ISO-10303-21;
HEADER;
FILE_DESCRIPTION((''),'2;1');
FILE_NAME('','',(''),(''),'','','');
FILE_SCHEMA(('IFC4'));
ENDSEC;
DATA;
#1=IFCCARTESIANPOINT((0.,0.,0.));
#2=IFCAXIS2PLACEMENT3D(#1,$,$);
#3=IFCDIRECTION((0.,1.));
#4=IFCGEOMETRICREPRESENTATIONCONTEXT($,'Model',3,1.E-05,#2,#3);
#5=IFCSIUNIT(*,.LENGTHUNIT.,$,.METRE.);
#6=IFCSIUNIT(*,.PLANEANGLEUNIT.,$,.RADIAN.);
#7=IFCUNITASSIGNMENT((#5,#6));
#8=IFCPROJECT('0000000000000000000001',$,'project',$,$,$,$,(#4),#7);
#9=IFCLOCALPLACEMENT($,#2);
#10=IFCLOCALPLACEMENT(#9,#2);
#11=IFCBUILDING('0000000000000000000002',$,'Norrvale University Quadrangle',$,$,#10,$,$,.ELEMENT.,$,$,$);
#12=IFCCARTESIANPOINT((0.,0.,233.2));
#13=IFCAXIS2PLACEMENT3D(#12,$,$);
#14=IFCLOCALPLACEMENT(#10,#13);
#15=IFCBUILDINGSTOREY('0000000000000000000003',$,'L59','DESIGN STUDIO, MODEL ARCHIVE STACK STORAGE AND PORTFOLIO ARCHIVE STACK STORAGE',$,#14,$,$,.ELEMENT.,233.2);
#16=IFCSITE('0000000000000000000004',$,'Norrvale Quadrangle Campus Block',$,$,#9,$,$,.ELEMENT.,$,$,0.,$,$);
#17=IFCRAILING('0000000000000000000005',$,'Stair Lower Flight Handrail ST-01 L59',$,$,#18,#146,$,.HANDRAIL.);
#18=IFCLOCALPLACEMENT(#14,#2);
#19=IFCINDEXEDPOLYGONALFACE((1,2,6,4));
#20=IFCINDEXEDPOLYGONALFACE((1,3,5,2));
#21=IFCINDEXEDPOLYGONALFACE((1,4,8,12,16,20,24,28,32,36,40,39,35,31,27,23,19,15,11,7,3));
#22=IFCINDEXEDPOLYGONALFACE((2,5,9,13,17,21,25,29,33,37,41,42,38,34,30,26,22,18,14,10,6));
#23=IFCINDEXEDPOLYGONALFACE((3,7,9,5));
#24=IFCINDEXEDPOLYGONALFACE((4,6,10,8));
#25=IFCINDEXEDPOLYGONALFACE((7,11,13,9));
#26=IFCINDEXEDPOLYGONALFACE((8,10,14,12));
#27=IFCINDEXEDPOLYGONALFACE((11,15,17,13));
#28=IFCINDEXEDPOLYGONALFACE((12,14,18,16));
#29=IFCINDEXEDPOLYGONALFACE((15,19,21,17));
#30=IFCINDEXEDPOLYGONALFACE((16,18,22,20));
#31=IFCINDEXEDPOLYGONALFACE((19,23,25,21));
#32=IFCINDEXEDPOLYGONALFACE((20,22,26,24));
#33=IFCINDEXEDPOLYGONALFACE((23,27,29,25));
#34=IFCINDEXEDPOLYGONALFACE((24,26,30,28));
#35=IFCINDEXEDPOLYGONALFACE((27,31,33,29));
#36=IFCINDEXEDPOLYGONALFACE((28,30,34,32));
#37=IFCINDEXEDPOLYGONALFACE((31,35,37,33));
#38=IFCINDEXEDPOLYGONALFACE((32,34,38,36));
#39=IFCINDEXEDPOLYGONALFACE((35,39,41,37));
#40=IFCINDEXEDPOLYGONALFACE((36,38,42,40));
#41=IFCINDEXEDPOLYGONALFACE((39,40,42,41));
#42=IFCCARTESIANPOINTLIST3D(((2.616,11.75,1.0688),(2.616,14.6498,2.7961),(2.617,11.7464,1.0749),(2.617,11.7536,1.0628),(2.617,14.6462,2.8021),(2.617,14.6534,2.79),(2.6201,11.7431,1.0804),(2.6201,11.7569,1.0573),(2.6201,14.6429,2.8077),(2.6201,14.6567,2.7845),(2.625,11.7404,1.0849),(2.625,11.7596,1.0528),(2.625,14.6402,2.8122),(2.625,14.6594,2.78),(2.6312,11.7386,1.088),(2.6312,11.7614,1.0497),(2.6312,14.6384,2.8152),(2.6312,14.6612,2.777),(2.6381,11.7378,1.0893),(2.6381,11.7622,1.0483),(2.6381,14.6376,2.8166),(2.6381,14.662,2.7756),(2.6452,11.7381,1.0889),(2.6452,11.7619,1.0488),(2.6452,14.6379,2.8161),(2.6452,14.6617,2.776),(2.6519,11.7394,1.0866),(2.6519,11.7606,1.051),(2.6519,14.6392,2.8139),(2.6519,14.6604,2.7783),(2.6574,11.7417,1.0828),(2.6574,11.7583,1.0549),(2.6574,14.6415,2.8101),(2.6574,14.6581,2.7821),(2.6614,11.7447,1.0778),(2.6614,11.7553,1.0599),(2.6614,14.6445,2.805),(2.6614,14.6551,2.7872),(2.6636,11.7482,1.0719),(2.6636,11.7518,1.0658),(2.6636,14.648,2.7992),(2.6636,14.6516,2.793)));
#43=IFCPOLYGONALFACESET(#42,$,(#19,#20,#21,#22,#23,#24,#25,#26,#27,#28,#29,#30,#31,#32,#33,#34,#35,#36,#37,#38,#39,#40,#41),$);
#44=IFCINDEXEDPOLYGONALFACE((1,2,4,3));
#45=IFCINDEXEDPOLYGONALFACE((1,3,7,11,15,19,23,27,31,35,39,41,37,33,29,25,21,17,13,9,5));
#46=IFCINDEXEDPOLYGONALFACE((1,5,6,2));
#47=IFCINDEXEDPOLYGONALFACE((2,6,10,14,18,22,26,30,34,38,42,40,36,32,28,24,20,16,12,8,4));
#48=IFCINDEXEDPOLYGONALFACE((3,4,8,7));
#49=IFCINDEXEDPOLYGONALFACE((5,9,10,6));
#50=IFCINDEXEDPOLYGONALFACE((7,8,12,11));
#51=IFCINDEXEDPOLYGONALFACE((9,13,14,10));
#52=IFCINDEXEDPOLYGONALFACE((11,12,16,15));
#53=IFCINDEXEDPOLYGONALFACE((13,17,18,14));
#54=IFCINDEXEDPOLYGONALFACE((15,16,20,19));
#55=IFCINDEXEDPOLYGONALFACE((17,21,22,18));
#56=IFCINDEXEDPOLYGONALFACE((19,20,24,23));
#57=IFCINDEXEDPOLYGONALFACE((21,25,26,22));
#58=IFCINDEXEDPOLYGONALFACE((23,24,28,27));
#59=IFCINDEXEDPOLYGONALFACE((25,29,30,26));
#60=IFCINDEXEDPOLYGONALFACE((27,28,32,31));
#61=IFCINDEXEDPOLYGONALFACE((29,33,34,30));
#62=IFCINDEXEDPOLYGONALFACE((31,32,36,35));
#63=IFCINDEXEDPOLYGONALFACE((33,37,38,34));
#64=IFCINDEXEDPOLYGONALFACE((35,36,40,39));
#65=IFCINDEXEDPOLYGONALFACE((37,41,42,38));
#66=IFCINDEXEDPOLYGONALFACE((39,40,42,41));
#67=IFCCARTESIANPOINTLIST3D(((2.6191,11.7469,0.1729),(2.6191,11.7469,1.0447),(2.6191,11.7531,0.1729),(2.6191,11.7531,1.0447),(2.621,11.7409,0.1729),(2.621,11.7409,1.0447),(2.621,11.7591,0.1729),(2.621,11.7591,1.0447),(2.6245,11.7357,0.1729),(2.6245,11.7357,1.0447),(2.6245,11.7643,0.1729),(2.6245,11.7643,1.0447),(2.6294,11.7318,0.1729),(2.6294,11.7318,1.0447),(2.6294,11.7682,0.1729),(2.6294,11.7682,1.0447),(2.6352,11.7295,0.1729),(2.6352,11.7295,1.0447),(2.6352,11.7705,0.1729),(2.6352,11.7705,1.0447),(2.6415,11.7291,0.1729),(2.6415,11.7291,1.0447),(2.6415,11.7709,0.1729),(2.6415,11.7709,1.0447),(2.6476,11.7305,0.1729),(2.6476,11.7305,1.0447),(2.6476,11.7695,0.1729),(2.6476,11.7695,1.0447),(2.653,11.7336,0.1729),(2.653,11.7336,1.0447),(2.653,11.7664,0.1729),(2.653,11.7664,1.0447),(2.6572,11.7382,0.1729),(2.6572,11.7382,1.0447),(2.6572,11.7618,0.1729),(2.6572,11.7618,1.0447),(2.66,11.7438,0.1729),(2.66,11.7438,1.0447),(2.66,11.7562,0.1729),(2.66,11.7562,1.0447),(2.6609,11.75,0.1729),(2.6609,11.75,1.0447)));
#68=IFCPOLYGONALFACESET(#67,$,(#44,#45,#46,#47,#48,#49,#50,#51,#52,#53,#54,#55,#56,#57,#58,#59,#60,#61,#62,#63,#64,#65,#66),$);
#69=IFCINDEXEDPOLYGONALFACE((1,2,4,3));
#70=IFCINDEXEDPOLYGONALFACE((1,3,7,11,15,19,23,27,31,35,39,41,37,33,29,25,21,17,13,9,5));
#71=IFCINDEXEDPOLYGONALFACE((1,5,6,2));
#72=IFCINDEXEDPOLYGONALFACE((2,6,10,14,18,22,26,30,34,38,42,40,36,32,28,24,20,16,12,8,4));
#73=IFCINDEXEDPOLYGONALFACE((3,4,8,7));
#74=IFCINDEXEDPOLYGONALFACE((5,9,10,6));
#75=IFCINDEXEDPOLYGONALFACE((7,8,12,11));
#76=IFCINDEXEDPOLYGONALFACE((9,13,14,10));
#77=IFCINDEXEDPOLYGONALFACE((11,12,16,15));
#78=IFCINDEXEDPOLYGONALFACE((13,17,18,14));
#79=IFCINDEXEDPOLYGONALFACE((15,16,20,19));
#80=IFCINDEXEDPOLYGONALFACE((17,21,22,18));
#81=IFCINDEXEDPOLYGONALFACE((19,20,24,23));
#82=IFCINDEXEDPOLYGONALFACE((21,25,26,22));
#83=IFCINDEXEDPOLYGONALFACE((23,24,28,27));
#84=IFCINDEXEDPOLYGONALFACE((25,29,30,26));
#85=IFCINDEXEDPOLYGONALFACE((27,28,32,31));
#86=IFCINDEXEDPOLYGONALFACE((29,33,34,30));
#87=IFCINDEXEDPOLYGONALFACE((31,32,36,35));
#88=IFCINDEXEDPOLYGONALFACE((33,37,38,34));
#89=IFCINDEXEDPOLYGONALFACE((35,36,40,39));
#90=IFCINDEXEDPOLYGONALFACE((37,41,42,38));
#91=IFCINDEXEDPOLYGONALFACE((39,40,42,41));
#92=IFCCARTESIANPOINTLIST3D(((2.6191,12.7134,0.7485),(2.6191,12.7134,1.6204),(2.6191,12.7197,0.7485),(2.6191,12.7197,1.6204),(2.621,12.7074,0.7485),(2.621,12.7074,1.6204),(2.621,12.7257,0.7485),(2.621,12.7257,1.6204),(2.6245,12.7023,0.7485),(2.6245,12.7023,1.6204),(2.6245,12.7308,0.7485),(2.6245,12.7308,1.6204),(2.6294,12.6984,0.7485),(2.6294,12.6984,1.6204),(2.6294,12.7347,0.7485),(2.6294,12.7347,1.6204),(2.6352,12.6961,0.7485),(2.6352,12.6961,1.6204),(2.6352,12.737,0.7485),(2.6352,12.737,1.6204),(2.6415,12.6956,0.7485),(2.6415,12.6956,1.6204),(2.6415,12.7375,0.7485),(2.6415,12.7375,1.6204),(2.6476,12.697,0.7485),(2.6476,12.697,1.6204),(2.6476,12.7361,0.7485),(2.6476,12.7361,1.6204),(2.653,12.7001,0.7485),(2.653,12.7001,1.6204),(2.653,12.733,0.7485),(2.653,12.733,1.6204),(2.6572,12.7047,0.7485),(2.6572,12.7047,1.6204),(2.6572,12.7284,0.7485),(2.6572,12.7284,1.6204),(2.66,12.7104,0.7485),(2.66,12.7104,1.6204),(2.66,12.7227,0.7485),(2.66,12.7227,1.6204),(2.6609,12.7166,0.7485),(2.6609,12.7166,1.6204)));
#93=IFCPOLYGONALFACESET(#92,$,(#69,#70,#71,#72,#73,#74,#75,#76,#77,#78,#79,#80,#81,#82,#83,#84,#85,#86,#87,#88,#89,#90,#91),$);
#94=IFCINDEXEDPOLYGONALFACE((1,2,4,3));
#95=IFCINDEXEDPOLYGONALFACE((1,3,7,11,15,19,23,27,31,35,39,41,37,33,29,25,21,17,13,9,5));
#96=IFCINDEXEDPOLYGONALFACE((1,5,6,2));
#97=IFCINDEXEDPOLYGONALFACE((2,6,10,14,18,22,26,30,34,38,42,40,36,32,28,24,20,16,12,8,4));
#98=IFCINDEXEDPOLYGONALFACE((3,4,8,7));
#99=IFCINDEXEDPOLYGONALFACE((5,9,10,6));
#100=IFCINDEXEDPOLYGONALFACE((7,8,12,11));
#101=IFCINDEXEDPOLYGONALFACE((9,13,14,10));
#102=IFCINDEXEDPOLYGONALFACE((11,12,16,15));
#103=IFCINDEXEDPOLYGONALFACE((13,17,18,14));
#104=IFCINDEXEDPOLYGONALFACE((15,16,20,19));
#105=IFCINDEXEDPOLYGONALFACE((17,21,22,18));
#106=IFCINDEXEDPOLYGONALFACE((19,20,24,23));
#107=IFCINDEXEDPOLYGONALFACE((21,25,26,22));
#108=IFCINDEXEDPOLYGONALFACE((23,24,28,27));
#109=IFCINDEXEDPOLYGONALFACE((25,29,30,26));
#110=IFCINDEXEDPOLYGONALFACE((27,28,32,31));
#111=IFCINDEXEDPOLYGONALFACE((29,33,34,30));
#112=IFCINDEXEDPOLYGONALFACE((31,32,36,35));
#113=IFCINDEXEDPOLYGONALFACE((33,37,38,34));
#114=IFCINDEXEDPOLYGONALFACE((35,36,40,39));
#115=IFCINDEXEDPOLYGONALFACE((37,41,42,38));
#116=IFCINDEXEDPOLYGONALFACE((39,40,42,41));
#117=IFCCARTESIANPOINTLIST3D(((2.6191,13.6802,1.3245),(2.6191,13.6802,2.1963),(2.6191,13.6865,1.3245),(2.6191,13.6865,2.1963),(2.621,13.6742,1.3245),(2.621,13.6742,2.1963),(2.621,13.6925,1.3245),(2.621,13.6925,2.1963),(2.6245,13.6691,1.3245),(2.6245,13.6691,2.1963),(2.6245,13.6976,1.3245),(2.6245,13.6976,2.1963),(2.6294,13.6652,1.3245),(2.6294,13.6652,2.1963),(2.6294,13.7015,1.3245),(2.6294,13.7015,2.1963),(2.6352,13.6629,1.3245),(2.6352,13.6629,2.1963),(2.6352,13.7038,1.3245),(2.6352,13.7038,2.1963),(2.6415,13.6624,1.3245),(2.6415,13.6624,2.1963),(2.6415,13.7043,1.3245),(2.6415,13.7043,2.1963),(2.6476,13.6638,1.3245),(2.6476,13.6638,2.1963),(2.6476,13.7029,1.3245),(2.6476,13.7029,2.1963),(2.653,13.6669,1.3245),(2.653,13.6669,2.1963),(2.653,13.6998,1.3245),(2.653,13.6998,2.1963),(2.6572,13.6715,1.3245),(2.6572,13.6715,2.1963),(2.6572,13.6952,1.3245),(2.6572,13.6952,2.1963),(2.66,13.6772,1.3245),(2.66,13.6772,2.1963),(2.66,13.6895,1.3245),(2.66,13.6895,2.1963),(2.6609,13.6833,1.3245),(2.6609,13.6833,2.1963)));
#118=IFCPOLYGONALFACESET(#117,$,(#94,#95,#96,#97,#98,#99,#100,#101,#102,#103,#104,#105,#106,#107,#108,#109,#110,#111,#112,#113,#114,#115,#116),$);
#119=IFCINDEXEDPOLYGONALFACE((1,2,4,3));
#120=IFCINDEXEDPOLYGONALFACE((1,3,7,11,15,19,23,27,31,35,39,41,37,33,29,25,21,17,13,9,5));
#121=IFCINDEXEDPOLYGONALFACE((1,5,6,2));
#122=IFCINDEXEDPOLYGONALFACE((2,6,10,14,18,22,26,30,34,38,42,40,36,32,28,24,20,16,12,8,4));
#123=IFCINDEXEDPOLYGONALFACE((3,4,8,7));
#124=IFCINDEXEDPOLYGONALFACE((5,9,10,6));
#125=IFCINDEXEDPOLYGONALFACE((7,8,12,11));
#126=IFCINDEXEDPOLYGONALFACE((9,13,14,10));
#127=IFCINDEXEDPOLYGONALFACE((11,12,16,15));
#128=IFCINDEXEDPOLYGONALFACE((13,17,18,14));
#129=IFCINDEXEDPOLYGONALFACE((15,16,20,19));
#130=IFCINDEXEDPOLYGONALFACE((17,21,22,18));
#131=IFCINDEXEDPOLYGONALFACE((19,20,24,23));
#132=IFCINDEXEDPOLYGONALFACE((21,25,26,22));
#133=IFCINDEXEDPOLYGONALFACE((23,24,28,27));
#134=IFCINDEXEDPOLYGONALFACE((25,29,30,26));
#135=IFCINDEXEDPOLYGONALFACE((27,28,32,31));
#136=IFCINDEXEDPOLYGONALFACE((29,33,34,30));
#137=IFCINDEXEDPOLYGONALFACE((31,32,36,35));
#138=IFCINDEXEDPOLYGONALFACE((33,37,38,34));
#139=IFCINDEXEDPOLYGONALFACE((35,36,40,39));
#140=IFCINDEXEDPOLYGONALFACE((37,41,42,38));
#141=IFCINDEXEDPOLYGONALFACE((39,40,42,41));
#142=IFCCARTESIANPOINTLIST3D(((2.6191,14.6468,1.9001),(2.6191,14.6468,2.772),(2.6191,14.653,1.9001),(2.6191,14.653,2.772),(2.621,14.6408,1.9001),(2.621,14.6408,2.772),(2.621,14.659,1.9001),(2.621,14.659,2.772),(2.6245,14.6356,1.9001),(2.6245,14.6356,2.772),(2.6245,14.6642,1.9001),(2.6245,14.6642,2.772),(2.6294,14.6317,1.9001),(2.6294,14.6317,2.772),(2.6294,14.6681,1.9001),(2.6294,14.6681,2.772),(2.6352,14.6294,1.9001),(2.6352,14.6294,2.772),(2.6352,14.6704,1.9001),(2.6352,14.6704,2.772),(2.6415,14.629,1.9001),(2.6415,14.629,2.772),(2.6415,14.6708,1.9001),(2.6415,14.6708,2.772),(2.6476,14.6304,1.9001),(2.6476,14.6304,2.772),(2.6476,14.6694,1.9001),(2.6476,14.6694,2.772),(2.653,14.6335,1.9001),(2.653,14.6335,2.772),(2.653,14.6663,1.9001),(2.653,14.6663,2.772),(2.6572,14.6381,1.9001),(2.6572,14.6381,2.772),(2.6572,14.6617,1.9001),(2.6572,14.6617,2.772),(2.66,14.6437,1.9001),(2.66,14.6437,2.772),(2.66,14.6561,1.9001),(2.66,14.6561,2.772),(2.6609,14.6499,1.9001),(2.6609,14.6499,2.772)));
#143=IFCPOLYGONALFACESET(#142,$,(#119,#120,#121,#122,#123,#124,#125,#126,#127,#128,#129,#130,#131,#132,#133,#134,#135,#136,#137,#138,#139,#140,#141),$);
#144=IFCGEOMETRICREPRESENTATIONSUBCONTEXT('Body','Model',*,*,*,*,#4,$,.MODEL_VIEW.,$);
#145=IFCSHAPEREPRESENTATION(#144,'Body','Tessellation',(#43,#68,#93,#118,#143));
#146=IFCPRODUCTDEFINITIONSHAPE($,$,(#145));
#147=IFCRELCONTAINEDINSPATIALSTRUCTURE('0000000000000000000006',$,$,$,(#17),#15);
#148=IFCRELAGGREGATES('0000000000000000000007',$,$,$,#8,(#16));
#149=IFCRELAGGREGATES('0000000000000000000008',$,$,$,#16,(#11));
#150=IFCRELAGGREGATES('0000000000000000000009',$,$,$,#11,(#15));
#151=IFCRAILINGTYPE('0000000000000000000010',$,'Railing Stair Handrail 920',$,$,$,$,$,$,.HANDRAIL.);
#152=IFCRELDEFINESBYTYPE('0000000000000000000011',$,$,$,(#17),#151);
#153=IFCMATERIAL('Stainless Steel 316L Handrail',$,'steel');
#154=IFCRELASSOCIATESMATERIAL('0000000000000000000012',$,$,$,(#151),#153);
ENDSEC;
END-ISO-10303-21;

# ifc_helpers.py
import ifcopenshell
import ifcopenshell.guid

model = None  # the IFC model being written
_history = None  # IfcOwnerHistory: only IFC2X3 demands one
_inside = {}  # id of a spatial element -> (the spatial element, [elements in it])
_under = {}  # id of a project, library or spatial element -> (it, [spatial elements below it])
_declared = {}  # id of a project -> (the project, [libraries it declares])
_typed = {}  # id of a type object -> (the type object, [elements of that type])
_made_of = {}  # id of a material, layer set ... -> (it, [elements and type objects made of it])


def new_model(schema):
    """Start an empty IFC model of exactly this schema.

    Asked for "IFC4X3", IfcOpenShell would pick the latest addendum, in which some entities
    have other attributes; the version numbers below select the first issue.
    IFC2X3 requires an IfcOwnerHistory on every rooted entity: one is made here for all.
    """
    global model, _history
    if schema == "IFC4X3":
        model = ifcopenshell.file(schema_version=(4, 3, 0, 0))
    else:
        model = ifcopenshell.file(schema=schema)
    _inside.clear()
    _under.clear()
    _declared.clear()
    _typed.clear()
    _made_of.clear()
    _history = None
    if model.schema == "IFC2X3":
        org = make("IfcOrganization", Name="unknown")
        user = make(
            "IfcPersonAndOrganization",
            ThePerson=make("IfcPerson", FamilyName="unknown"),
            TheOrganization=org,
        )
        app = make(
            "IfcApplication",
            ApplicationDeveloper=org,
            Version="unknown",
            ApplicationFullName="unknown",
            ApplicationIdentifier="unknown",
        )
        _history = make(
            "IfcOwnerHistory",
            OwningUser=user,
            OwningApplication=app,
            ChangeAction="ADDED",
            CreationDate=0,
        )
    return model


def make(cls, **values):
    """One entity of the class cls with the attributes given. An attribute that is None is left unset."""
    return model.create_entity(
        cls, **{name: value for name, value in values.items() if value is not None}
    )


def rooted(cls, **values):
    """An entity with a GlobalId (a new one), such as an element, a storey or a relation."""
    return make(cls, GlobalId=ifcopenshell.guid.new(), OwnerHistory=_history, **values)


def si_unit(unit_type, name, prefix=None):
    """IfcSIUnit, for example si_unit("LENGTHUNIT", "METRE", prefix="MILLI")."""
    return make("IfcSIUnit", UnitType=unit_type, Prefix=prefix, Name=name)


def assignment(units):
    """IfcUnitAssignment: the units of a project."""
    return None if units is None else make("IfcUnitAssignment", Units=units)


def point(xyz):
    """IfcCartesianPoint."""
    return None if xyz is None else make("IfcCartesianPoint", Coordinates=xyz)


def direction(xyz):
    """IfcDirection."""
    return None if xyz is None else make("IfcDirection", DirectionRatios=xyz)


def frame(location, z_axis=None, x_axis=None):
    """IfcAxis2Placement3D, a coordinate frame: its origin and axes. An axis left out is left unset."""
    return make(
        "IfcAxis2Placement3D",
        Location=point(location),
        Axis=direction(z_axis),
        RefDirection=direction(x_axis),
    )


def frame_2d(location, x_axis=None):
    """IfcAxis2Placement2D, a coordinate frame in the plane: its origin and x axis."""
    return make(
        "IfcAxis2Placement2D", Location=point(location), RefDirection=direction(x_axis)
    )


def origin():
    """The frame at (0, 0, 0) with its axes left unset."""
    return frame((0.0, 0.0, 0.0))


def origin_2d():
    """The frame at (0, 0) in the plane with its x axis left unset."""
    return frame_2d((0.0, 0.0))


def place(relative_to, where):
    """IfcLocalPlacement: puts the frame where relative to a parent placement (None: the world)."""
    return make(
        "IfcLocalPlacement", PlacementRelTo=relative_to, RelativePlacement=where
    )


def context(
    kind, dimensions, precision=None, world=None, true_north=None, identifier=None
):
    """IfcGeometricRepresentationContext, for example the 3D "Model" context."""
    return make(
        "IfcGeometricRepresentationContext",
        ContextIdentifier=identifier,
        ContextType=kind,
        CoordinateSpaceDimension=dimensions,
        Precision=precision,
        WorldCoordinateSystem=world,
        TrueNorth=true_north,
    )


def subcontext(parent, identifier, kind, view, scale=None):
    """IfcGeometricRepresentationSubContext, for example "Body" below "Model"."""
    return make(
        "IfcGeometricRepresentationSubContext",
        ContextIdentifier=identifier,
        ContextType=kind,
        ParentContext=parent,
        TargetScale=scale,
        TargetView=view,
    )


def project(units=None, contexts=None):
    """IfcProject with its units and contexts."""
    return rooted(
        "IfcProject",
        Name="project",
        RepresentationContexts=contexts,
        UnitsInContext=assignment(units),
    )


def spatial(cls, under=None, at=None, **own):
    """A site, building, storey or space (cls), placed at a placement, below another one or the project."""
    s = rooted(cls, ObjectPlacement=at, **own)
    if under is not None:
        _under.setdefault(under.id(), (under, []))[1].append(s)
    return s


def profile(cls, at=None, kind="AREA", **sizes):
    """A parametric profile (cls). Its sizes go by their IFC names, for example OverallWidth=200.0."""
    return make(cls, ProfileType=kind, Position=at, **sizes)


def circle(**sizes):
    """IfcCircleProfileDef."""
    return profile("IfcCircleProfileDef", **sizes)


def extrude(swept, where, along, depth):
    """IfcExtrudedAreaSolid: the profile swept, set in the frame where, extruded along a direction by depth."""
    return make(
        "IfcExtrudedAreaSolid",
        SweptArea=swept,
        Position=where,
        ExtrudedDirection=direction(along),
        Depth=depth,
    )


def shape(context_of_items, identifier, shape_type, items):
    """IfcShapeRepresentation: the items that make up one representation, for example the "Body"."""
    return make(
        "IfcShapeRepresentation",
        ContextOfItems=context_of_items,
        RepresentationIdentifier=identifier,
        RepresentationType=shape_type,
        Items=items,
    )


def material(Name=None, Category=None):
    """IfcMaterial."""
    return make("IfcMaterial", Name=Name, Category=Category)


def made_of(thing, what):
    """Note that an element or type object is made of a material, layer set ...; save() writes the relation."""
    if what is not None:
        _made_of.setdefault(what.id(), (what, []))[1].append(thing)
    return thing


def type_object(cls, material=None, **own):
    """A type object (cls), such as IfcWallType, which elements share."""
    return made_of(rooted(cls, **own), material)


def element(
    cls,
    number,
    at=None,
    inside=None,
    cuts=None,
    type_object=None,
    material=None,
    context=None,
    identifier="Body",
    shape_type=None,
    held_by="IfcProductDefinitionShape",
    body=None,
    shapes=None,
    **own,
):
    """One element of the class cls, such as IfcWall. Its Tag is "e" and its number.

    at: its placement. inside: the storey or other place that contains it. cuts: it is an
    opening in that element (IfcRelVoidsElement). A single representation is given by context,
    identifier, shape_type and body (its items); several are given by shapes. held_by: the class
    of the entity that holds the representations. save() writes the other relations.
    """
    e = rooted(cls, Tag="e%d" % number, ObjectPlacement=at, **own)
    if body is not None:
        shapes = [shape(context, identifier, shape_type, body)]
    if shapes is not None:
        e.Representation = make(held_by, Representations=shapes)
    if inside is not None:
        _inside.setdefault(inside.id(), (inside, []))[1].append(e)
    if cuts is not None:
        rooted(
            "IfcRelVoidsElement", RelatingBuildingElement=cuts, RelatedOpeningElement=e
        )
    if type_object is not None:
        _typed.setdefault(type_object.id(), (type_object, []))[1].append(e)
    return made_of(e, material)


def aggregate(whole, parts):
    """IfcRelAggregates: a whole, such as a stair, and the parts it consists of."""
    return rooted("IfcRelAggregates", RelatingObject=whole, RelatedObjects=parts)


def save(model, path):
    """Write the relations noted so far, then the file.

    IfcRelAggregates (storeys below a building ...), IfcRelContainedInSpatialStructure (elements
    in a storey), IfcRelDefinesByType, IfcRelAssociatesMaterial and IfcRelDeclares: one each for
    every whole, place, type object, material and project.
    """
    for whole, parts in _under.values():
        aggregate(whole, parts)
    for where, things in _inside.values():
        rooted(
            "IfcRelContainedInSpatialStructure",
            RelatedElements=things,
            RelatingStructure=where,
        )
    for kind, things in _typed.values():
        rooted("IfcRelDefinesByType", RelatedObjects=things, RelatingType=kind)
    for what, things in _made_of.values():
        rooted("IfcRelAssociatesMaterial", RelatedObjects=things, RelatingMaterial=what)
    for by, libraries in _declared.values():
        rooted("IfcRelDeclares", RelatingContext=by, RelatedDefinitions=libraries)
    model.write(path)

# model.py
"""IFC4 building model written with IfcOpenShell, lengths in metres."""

from ifc_helpers import new_model, si_unit, direction, frame, origin, origin_2d, place, context, subcontext, project, spatial, circle, extrude, material, type_object, element, save


model = new_model("IFC4")

# Units and contexts
model_context = context("Model", 3, precision=1e-05, world=origin(), true_north=direction((0.0, 1.0)))
body_context = subcontext(model_context, "Body", "Model", "MODEL_VIEW")
ifc_project = project(units=[si_unit("LENGTHUNIT", "METRE"), si_unit("PLANEANGLEUNIT", "RADIAN")], contexts=[model_context])

# Site, building, storey
site_placement = place(None, origin())
site = spatial("IfcSite", under=ifc_project, at=site_placement, Name="Norrvale Quadrangle Campus Block", CompositionType="ELEMENT", RefElevation=0.0)
building_placement = place(site_placement, origin())
building = spatial("IfcBuilding", under=site, at=building_placement, Name="Norrvale University Quadrangle", CompositionType="ELEMENT")
storey_placement = place(building_placement, frame((0.0, 0.0, 233.2)))
storey = spatial("IfcBuildingStorey", under=building, at=storey_placement, Name="L59", Description="DESIGN STUDIO, MODEL ARCHIVE STACK STORAGE AND PORTFOLIO ARCHIVE STACK STORAGE", CompositionType="ELEMENT", Elevation=233.2)

# Railing
ifc_material_1 = material(Name="Stainless Steel 316L Handrail", Category="steel")
railing_type_1 = type_object("IfcRailingType", Name="Railing Stair Handrail 920", PredefinedType="HANDRAIL", material=ifc_material_1)
railing_1_placement = place(storey_placement, frame((2.6399, 11.75, 0.1729)))
element("IfcRailing", 1, at=railing_1_placement, inside=storey, type_object=railing_type_1, Name="Stair Lower Flight Handrail ST-01 L59", PredefinedType="HANDRAIL", context=body_context, shape_type="SweptSolid", body=[
    extrude(circle(Radius=0.0239, at=origin_2d()), frame((0.0, 0.0, 0.896), z_axis=(0.0, 0.859141, 0.511738), x_axis=(-1.0, 0.0, 0.0)), (0.0, 0.0, 1.0), 3.3752),
    extrude(circle(Radius=0.021, at=origin_2d()), origin(), (0.0, 0.0, 1.0), 0.8718),
    extrude(circle(Radius=0.021, at=origin_2d()), frame((0.0, 0.9666, 0.5757)), (0.0, 0.0, 1.0), 0.8718),
    extrude(circle(Radius=0.021, at=origin_2d()), frame((0.0, 1.9333, 1.1516)), (0.0, 0.0, 1.0), 0.8718),
    extrude(circle(Radius=0.021, at=origin_2d()), frame((0.0, 2.8999, 1.7273)), (0.0, 0.0, 1.0), 0.8718),
])

save(model, "model.ifc")
